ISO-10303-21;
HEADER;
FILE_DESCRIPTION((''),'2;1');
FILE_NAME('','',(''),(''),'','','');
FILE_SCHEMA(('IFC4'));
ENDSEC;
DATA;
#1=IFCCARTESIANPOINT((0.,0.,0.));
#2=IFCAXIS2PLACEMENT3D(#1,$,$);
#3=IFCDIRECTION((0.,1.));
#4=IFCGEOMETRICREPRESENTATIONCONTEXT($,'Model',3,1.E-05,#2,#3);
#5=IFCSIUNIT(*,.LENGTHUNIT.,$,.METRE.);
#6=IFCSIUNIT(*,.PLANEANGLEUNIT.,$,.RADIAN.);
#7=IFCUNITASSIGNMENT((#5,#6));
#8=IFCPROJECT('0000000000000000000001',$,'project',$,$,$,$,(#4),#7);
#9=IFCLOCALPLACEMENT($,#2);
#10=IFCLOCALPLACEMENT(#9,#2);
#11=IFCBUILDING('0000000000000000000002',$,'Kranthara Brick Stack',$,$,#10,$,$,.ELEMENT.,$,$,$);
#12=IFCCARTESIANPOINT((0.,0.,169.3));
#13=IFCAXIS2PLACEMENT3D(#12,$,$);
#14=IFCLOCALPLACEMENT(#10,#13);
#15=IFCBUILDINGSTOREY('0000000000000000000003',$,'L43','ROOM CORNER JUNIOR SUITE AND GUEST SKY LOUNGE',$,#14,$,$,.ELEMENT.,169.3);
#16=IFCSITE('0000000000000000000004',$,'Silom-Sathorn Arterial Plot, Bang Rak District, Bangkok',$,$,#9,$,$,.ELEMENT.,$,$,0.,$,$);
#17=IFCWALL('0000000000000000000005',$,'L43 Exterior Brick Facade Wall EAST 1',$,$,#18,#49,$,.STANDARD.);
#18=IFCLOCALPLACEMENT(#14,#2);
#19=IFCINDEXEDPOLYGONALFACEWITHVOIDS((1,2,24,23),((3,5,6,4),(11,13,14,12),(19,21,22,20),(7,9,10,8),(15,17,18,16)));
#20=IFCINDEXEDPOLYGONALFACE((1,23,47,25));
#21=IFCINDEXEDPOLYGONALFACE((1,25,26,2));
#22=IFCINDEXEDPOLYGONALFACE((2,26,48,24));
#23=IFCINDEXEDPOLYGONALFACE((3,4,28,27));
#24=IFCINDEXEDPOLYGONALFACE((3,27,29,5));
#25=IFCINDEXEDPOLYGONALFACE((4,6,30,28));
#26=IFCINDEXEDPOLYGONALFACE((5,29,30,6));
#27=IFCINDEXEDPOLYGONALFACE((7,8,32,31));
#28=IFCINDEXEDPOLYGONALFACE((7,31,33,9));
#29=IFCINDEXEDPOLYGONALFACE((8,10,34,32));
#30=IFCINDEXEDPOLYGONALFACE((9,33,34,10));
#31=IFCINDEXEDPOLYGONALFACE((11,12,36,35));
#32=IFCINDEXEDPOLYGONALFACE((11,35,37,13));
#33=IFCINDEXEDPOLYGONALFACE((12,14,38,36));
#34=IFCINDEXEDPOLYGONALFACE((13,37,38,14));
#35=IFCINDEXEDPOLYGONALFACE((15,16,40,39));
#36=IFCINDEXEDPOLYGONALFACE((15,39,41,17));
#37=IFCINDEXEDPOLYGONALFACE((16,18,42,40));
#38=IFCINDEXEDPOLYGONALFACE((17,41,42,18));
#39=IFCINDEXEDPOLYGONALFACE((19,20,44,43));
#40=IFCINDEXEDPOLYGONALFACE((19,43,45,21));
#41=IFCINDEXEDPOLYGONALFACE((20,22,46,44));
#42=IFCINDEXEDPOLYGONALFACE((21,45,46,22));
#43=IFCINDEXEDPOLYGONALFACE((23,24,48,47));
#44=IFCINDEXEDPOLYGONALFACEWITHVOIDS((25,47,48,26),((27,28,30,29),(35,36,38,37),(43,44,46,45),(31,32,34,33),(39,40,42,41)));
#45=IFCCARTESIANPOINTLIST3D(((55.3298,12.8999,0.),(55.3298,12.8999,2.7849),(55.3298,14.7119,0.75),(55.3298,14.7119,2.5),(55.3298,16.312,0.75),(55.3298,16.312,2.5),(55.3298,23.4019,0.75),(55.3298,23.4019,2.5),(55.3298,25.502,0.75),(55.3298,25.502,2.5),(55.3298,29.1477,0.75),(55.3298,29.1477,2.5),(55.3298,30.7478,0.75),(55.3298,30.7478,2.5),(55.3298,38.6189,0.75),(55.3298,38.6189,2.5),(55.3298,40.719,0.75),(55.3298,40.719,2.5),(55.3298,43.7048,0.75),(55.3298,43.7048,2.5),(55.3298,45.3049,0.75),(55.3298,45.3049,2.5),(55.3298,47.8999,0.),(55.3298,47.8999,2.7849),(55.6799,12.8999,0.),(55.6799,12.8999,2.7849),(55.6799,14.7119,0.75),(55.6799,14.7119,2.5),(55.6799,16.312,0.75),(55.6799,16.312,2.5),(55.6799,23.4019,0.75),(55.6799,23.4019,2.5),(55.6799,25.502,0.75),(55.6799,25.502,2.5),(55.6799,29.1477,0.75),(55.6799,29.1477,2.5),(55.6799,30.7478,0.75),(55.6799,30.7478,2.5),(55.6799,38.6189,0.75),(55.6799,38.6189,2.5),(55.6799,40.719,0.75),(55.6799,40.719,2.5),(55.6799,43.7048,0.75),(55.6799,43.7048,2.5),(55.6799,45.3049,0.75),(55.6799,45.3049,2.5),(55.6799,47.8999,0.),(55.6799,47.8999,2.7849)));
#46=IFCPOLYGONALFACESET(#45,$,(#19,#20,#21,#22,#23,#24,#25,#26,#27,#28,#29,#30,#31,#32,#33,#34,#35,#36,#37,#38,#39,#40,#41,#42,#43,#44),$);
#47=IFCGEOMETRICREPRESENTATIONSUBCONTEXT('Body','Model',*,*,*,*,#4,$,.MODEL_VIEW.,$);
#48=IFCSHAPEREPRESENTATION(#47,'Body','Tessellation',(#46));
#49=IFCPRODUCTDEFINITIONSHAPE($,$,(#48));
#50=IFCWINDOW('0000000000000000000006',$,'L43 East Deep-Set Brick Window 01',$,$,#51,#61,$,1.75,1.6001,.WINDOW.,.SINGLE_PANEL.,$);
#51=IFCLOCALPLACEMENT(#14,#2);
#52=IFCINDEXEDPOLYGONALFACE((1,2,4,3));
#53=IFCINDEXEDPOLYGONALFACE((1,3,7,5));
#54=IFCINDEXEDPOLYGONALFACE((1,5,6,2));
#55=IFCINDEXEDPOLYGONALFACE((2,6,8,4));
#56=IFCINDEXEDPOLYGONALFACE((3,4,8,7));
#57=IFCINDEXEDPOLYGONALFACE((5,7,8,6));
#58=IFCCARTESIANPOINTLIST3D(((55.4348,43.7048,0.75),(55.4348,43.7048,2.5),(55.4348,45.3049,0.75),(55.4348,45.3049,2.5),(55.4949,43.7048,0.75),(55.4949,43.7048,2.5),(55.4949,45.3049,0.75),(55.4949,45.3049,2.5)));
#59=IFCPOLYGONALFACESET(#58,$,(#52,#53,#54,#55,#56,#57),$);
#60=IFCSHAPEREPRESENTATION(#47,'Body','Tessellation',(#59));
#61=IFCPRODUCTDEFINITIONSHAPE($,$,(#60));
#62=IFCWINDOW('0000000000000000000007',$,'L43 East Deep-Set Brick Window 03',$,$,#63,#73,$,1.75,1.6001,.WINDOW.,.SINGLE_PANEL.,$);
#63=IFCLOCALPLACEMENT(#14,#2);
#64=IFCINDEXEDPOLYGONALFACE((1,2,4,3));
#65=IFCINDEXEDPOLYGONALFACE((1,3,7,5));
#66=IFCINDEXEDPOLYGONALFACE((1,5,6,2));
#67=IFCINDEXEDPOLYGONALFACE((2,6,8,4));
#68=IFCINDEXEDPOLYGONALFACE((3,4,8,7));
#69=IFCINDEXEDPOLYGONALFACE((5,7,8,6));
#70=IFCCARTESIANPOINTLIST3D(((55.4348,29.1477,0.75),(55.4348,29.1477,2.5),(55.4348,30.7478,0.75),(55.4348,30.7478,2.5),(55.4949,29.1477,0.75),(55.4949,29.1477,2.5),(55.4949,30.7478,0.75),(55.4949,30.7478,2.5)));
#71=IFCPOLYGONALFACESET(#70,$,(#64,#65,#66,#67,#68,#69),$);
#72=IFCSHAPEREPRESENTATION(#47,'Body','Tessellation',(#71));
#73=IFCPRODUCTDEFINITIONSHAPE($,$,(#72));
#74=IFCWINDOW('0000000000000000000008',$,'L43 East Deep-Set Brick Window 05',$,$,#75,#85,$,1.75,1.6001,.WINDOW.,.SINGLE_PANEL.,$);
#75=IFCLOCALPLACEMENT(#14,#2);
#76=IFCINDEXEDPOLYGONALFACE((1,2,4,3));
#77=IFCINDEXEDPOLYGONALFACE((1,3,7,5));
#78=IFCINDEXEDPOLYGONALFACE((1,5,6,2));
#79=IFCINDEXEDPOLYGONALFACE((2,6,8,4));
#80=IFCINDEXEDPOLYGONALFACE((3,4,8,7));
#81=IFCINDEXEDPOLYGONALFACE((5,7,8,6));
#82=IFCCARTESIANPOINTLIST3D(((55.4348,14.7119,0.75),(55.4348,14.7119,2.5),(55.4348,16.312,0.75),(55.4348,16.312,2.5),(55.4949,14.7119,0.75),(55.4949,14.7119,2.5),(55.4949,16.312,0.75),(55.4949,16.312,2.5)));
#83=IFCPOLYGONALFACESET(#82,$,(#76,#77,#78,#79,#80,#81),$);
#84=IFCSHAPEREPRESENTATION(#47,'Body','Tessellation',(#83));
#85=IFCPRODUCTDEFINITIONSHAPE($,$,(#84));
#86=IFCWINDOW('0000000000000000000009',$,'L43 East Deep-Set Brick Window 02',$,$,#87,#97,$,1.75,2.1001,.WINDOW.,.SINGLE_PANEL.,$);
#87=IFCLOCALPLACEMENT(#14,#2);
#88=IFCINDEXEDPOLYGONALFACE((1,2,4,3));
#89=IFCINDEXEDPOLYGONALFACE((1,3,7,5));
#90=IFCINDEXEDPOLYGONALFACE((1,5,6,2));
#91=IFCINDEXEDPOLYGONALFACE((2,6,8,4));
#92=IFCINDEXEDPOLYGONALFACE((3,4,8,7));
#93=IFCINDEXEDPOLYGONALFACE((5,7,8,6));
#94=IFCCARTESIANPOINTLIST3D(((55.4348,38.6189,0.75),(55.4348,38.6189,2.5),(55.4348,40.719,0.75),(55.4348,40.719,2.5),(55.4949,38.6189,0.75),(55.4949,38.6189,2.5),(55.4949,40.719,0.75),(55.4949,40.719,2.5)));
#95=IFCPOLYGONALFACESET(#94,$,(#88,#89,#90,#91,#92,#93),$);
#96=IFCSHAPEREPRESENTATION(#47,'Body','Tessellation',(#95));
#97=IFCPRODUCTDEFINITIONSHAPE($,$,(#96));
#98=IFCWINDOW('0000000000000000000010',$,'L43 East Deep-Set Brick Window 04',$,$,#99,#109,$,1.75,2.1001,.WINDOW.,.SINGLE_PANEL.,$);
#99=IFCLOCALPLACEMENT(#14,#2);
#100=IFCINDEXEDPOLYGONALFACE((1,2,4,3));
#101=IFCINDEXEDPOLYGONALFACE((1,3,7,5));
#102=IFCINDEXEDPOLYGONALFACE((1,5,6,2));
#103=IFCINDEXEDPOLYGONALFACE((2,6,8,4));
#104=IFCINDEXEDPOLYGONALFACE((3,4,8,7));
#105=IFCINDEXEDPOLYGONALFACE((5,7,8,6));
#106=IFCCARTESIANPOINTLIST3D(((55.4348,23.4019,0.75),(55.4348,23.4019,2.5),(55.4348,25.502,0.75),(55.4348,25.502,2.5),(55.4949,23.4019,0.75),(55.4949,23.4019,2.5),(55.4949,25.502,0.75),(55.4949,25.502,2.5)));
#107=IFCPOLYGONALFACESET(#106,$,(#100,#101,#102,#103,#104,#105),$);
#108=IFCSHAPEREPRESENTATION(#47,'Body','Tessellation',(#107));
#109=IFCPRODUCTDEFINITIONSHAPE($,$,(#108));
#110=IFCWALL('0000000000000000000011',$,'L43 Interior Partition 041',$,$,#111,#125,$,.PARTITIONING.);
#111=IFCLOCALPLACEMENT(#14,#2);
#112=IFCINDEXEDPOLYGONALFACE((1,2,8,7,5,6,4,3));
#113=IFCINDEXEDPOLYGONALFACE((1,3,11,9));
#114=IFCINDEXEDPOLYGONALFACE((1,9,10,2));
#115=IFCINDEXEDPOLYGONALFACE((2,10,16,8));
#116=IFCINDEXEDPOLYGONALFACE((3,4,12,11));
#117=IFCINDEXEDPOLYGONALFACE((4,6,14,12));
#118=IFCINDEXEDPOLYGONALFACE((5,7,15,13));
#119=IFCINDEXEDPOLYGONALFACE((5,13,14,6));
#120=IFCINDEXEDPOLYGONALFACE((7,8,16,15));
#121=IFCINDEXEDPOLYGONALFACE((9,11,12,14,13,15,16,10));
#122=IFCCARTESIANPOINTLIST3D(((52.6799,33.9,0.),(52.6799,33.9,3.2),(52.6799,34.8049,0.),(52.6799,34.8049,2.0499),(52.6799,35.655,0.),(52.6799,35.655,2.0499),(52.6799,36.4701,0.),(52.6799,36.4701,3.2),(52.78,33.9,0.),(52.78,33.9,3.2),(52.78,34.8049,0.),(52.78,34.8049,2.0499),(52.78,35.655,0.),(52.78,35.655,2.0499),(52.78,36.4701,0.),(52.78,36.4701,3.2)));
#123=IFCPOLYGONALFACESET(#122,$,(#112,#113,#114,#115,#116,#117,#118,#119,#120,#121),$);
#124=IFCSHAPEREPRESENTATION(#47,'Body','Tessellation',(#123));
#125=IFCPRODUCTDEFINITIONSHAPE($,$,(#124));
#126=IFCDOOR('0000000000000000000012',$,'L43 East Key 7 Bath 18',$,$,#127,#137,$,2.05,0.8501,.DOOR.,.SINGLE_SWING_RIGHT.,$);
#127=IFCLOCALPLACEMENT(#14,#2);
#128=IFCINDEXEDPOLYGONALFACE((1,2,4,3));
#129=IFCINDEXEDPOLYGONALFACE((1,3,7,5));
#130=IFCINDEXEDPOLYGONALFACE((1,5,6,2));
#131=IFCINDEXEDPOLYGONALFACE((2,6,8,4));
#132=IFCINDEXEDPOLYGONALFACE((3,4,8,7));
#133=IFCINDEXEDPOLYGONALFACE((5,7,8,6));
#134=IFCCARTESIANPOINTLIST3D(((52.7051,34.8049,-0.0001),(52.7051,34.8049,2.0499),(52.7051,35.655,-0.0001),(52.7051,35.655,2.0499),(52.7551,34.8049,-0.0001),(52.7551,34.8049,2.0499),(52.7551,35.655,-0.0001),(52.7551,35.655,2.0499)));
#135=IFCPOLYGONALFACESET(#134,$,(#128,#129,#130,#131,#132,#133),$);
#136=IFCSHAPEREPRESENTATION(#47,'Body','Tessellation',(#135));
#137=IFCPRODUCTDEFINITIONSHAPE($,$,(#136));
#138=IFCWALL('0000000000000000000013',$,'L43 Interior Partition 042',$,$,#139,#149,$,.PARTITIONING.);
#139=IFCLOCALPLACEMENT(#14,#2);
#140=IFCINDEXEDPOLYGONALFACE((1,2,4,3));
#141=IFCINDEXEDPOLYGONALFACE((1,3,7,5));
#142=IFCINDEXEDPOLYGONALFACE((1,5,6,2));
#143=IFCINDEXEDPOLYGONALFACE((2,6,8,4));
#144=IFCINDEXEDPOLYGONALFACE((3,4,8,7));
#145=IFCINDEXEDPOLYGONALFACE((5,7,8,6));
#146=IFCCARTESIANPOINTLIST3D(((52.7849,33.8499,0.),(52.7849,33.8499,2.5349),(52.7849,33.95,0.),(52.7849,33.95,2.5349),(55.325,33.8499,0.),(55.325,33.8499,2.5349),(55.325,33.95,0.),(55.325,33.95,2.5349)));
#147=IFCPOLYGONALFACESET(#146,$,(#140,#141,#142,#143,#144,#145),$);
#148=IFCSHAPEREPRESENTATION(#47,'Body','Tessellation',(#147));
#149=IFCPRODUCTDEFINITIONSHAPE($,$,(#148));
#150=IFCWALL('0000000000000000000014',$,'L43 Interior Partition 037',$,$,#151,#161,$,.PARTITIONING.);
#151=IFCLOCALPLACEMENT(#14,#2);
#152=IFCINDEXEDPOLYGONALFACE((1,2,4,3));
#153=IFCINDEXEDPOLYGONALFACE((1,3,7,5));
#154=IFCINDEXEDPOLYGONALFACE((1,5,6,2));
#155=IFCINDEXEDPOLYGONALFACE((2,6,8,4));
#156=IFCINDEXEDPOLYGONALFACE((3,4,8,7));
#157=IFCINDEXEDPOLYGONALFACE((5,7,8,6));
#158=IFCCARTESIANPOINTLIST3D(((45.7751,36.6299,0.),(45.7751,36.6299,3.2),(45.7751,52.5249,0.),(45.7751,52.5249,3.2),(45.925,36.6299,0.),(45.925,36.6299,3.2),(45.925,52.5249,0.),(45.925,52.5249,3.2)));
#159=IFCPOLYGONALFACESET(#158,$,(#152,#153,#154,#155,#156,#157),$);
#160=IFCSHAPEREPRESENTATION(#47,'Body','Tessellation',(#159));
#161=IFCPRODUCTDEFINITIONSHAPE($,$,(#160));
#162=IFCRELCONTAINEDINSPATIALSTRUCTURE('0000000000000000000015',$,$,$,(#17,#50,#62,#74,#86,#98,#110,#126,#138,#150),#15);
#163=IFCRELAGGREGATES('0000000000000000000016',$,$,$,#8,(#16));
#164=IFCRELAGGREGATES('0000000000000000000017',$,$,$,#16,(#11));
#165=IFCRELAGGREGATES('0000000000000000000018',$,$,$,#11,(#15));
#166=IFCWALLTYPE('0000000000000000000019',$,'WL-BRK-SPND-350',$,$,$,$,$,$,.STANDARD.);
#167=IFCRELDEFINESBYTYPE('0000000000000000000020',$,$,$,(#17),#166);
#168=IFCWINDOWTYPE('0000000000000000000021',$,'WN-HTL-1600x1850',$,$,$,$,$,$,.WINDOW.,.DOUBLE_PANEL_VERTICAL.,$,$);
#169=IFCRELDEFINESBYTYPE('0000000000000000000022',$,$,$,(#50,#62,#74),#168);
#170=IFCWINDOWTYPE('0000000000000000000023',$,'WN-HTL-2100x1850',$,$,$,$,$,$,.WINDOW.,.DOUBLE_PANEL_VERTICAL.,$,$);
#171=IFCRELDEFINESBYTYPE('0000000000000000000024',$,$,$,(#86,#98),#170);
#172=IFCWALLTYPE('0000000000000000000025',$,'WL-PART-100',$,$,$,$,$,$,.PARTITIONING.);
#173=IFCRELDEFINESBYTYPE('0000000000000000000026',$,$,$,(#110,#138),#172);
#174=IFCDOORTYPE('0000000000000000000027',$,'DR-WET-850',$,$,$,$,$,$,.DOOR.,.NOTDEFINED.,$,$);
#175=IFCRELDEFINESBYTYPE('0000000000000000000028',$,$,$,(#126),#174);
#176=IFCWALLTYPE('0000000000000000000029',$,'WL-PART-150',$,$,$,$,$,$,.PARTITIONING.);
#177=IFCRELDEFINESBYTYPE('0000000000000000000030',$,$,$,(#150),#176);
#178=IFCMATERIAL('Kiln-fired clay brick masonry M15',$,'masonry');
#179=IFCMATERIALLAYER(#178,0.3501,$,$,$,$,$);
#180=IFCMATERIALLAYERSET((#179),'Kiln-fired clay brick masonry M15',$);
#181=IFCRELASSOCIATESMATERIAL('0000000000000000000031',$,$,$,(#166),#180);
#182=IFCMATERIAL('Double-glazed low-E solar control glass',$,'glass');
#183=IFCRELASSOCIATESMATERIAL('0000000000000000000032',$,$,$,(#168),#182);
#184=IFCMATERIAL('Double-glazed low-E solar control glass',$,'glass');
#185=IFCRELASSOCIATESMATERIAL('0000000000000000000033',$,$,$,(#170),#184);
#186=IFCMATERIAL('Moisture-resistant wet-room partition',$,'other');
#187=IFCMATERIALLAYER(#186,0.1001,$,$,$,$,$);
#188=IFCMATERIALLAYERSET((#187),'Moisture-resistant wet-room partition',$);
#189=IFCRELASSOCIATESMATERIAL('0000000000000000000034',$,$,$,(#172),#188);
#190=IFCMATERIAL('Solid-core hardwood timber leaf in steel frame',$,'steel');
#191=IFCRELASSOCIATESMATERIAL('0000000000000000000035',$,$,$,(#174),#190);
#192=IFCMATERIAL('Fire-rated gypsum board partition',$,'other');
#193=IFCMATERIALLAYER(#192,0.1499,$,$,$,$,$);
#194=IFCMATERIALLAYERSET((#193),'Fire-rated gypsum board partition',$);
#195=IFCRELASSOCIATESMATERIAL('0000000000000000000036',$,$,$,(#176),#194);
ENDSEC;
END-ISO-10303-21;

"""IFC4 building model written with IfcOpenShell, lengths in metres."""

from ifc_helpers import new_model, si_unit, direction, frame, frame_2d, origin, place, context, subcontext, project, spatial, rectangle, extrude, material, layer, layer_set, type_object, element, fill, save


model = new_model("IFC4")

# Units and contexts
model_context = context("Model", 3, precision=1e-05, world=origin(), true_north=direction((0.0, 1.0)))
body_context = subcontext(model_context, "Body", "Model", "MODEL_VIEW")
ifc_project = project(units=[si_unit("LENGTHUNIT", "METRE"), si_unit("PLANEANGLEUNIT", "RADIAN")], contexts=[model_context])

# Site, building, storey
site_placement = place(None, origin())
site = spatial("IfcSite", under=ifc_project, at=site_placement, Name="Silom-Sathorn Arterial Plot, Bang Rak District, Bangkok", CompositionType="ELEMENT", RefElevation=0.0)
building_placement = place(site_placement, origin())
building = spatial("IfcBuilding", under=site, at=building_placement, Name="Kranthara Brick Stack", CompositionType="ELEMENT")
storey_placement = place(building_placement, frame((0.0, 0.0, 169.3)))
storey = spatial("IfcBuildingStorey", under=building, at=storey_placement, Name="L43", Description="ROOM CORNER JUNIOR SUITE AND GUEST SKY LOUNGE", CompositionType="ELEMENT", Elevation=169.3)

# Shared definitions
ifc_material_1 = material(Name="Kiln-fired clay brick masonry M15", Category="masonry")
ifc_layer_1 = layer(ifc_material_1, 0.3501)
ifc_layer_set_1 = layer_set([ifc_layer_1], Name="Kiln-fired clay brick masonry M15")
wall_type_1 = type_object("IfcWallType", Name="WL-BRK-SPND-350", PredefinedType="STANDARD", material=ifc_layer_set_1)

# Wall, openings, windows
wall_1_placement = place(storey_placement, frame((55.5049, 47.8999, 0.0), z_axis=(0.0, 0.0, 1.0), x_axis=(0.0, -1.0, 0.0)))
wall_1 = element("IfcWall", 1, at=wall_1_placement, inside=storey, type_object=wall_type_1, Name="L43 Exterior Brick Facade Wall EAST 1", PredefinedType="STANDARD", context=body_context, shape_type="SweptSolid", body=[
    extrude(rectangle(XDim=35.0, YDim=0.3501, at=frame_2d((17.5, 0.0))), origin(), (0.0, 0.0, 1.0), 2.7849),
])
opening_1_placement = place(wall_1_placement, frame((2.595, 0.0, 0.75)))
opening_1 = element("IfcOpeningElement", 2, at=opening_1_placement, cuts=wall_1, PredefinedType="OPENING", context=body_context, shape_type="SweptSolid", body=[
    extrude(rectangle(XDim=1.6001, YDim=1.75, at=frame_2d((0.8, 0.875))), frame((0.0, 0.1851, 0.0), z_axis=(0.0, -1.0, 0.0), x_axis=(1.0, 0.0, 0.0)), (0.0, 0.0, 1.0), 0.3701),
])
opening_2_placement = place(wall_1_placement, frame((7.1809, 0.0, 0.75)))
opening_2 = element("IfcOpeningElement", 3, at=opening_2_placement, cuts=wall_1, PredefinedType="OPENING", context=body_context, shape_type="SweptSolid", body=[
    extrude(rectangle(XDim=2.1001, YDim=1.75, at=frame_2d((1.05, 0.875))), frame((0.0, 0.1851, 0.0), z_axis=(0.0, -1.0, 0.0), x_axis=(1.0, 0.0, 0.0)), (0.0, 0.0, 1.0), 0.3701),
])
opening_3_placement = place(wall_1_placement, frame((17.1521, 0.0, 0.75)))
opening_3 = element("IfcOpeningElement", 4, at=opening_3_placement, cuts=wall_1, PredefinedType="OPENING", context=body_context, shape_type="SweptSolid", body=[
    extrude(rectangle(XDim=1.6001, YDim=1.75, at=frame_2d((0.8, 0.875))), frame((0.0, 0.1851, 0.0), z_axis=(0.0, -1.0, 0.0), x_axis=(1.0, 0.0, 0.0)), (0.0, 0.0, 1.0), 0.3701),
])
opening_4_placement = place(wall_1_placement, frame((22.3979, 0.0, 0.75)))
opening_4 = element("IfcOpeningElement", 5, at=opening_4_placement, cuts=wall_1, PredefinedType="OPENING", context=body_context, shape_type="SweptSolid", body=[
    extrude(rectangle(XDim=2.1001, YDim=1.75, at=frame_2d((1.05, 0.875))), frame((0.0, 0.1851, 0.0), z_axis=(0.0, -1.0, 0.0), x_axis=(1.0, 0.0, 0.0)), (0.0, 0.0, 1.0), 0.3701),
])
opening_5_placement = place(wall_1_placement, frame((31.5879, 0.0, 0.75)))
opening_5 = element("IfcOpeningElement", 6, at=opening_5_placement, cuts=wall_1, PredefinedType="OPENING", context=body_context, shape_type="SweptSolid", body=[
    extrude(rectangle(XDim=1.6001, YDim=1.75, at=frame_2d((0.8, 0.875))), frame((0.0, 0.1851, 0.0), z_axis=(0.0, -1.0, 0.0), x_axis=(1.0, 0.0, 0.0)), (0.0, 0.0, 1.0), 0.3701),
])
ifc_material_2 = material(Name="Double-glazed low-E solar control glass", Category="glass")
window_type_1 = type_object("IfcWindowType", Name="WN-HTL-1600x1850", PartitioningType="DOUBLE_PANEL_VERTICAL", PredefinedType="WINDOW", material=ifc_material_2)
window_1_placement = place(opening_1_placement, origin())
window_1 = element("IfcWindow", 7, at=window_1_placement, inside=storey, type_object=window_type_1, Name="L43 East Deep-Set Brick Window 01", OverallHeight=1.75, OverallWidth=1.6001, PartitioningType="SINGLE_PANEL", PredefinedType="WINDOW", context=body_context, shape_type="SweptSolid", body=[
    extrude(rectangle(XDim=1.6001, YDim=1.75, at=frame_2d((0.8, 0.875))), frame((0.0, -0.01, 0.0), z_axis=(0.0, -1.0, 0.0), x_axis=(1.0, 0.0, 0.0)), (0.0, 0.0, 1.0), 0.0601),
])
fill(opening_1, window_1)
window_2_placement = place(opening_3_placement, origin())
window_2 = element("IfcWindow", 8, at=window_2_placement, inside=storey, type_object=window_type_1, Name="L43 East Deep-Set Brick Window 03", OverallHeight=1.75, OverallWidth=1.6001, PartitioningType="SINGLE_PANEL", PredefinedType="WINDOW", context=body_context, shape_type="SweptSolid", body=[
    extrude(rectangle(XDim=1.6001, YDim=1.75, at=frame_2d((0.8, 0.875))), frame((0.0, -0.01, 0.0), z_axis=(0.0, -1.0, 0.0), x_axis=(1.0, 0.0, 0.0)), (0.0, 0.0, 1.0), 0.0601),
])
fill(opening_3, window_2)
window_3_placement = place(opening_5_placement, origin())
window_3 = element("IfcWindow", 9, at=window_3_placement, inside=storey, type_object=window_type_1, Name="L43 East Deep-Set Brick Window 05", OverallHeight=1.75, OverallWidth=1.6001, PartitioningType="SINGLE_PANEL", PredefinedType="WINDOW", context=body_context, shape_type="SweptSolid", body=[
    extrude(rectangle(XDim=1.6001, YDim=1.75, at=frame_2d((0.8, 0.875))), frame((0.0, -0.01, 0.0), z_axis=(0.0, -1.0, 0.0), x_axis=(1.0, 0.0, 0.0)), (0.0, 0.0, 1.0), 0.0601),
])
fill(opening_5, window_3)
ifc_material_3 = material(Name="Double-glazed low-E solar control glass", Category="glass")
window_type_2 = type_object("IfcWindowType", Name="WN-HTL-2100x1850", PartitioningType="DOUBLE_PANEL_VERTICAL", PredefinedType="WINDOW", material=ifc_material_3)
window_4_placement = place(opening_2_placement, origin())
window_4 = element("IfcWindow", 10, at=window_4_placement, inside=storey, type_object=window_type_2, Name="L43 East Deep-Set Brick Window 02", OverallHeight=1.75, OverallWidth=2.1001, PartitioningType="SINGLE_PANEL", PredefinedType="WINDOW", context=body_context, shape_type="SweptSolid", body=[
    extrude(rectangle(XDim=2.1001, YDim=1.75, at=frame_2d((1.05, 0.875))), frame((0.0, -0.01, 0.0), z_axis=(0.0, -1.0, 0.0), x_axis=(1.0, 0.0, 0.0)), (0.0, 0.0, 1.0), 0.0601),
])
fill(opening_2, window_4)
window_5_placement = place(opening_4_placement, origin())
window_5 = element("IfcWindow", 11, at=window_5_placement, inside=storey, type_object=window_type_2, Name="L43 East Deep-Set Brick Window 04", OverallHeight=1.75, OverallWidth=2.1001, PartitioningType="SINGLE_PANEL", PredefinedType="WINDOW", context=body_context, shape_type="SweptSolid", body=[
    extrude(rectangle(XDim=2.1001, YDim=1.75, at=frame_2d((1.05, 0.875))), frame((0.0, -0.01, 0.0), z_axis=(0.0, -1.0, 0.0), x_axis=(1.0, 0.0, 0.0)), (0.0, 0.0, 1.0), 0.0601),
])
fill(opening_4, window_5)

# Wall, opening, door
ifc_material_4 = material(Name="Moisture-resistant wet-room partition", Category="other")
ifc_layer_2 = layer(ifc_material_4, 0.1001)
ifc_layer_set_2 = layer_set([ifc_layer_2], Name="Moisture-resistant wet-room partition")
wall_type_2 = type_object("IfcWallType", Name="WL-PART-100", PredefinedType="PARTITIONING", material=ifc_layer_set_2)
wall_2_placement = place(storey_placement, frame((52.73, 33.8999, 0.0), z_axis=(0.0, 0.0, 1.0), x_axis=(0.0, 1.0, 0.0)))
wall_2 = element("IfcWall", 12, at=wall_2_placement, inside=storey, type_object=wall_type_2, Name="L43 Interior Partition 041", PredefinedType="PARTITIONING", context=body_context, shape_type="SweptSolid", body=[
    extrude(rectangle(XDim=2.5701, YDim=0.1001, at=frame_2d((1.2852, 0.0))), origin(), (0.0, 0.0, 1.0), 3.2),
])
opening_6_placement = place(wall_2_placement, frame((0.905, 0.0, 0.0)))
opening_6 = element("IfcOpeningElement", 13, at=opening_6_placement, cuts=wall_2, PredefinedType="OPENING", context=body_context, shape_type="SweptSolid", body=[
    extrude(rectangle(XDim=0.8501, YDim=2.05, at=frame_2d((0.425, 1.0249))), frame((0.0, 0.0601, 0.0), z_axis=(0.0, -1.0, 0.0), x_axis=(1.0, 0.0, 0.0)), (0.0, 0.0, 1.0), 0.1201),
])
ifc_material_5 = material(Name="Solid-core hardwood timber leaf in steel frame", Category="steel")
door_type = type_object("IfcDoorType", Name="DR-WET-850", OperationType="NOTDEFINED", PredefinedType="DOOR", material=ifc_material_5)
door_placement = place(opening_6_placement, origin())
door = element("IfcDoor", 14, at=door_placement, inside=storey, type_object=door_type, Name="L43 East Key 7 Bath 18", OperationType="SINGLE_SWING_RIGHT", OverallHeight=2.05, OverallWidth=0.8501, PredefinedType="DOOR", context=body_context, shape_type="SweptSolid", body=[
    extrude(rectangle(XDim=0.8501, YDim=2.05, at=frame_2d((0.425, 1.0249))), frame((0.0, 0.0249, 0.0), z_axis=(0.0, -1.0, 0.0), x_axis=(1.0, 0.0, 0.0)), (0.0, 0.0, 1.0), 0.05),
])
fill(opening_6, door)

# Walls
wall_3_placement = place(storey_placement, frame((52.7849, 33.8999, 0.0), z_axis=(0.0, 0.0, 1.0), x_axis=(1.0, 0.0, 0.0)))
element("IfcWall", 15, at=wall_3_placement, inside=storey, type_object=wall_type_2, Name="L43 Interior Partition 042", PredefinedType="PARTITIONING", context=body_context, shape_type="SweptSolid", body=[
    extrude(rectangle(XDim=2.54, YDim=0.1001, at=frame_2d((1.27, 0.0))), origin(), (0.0, 0.0, 1.0), 2.5349),
])
ifc_material_6 = material(Name="Fire-rated gypsum board partition", Category="other")
ifc_layer_3 = layer(ifc_material_6, 0.1499)
ifc_layer_set_3 = layer_set([ifc_layer_3], Name="Fire-rated gypsum board partition")
wall_type_3 = type_object("IfcWallType", Name="WL-PART-150", PredefinedType="PARTITIONING", material=ifc_layer_set_3)
wall_4_placement = place(storey_placement, frame((45.8501, 36.6299, 0.0), z_axis=(0.0, 0.0, 1.0), x_axis=(0.0, 1.0, 0.0)))
element("IfcWall", 16, at=wall_4_placement, inside=storey, type_object=wall_type_3, Name="L43 Interior Partition 037", PredefinedType="PARTITIONING", context=body_context, shape_type="SweptSolid", body=[
    extrude(rectangle(XDim=15.895, YDim=0.1499, at=frame_2d((7.9475, 0.0))), origin(), (0.0, 0.0, 1.0), 3.2),
])

save(model, "model.ifc")
